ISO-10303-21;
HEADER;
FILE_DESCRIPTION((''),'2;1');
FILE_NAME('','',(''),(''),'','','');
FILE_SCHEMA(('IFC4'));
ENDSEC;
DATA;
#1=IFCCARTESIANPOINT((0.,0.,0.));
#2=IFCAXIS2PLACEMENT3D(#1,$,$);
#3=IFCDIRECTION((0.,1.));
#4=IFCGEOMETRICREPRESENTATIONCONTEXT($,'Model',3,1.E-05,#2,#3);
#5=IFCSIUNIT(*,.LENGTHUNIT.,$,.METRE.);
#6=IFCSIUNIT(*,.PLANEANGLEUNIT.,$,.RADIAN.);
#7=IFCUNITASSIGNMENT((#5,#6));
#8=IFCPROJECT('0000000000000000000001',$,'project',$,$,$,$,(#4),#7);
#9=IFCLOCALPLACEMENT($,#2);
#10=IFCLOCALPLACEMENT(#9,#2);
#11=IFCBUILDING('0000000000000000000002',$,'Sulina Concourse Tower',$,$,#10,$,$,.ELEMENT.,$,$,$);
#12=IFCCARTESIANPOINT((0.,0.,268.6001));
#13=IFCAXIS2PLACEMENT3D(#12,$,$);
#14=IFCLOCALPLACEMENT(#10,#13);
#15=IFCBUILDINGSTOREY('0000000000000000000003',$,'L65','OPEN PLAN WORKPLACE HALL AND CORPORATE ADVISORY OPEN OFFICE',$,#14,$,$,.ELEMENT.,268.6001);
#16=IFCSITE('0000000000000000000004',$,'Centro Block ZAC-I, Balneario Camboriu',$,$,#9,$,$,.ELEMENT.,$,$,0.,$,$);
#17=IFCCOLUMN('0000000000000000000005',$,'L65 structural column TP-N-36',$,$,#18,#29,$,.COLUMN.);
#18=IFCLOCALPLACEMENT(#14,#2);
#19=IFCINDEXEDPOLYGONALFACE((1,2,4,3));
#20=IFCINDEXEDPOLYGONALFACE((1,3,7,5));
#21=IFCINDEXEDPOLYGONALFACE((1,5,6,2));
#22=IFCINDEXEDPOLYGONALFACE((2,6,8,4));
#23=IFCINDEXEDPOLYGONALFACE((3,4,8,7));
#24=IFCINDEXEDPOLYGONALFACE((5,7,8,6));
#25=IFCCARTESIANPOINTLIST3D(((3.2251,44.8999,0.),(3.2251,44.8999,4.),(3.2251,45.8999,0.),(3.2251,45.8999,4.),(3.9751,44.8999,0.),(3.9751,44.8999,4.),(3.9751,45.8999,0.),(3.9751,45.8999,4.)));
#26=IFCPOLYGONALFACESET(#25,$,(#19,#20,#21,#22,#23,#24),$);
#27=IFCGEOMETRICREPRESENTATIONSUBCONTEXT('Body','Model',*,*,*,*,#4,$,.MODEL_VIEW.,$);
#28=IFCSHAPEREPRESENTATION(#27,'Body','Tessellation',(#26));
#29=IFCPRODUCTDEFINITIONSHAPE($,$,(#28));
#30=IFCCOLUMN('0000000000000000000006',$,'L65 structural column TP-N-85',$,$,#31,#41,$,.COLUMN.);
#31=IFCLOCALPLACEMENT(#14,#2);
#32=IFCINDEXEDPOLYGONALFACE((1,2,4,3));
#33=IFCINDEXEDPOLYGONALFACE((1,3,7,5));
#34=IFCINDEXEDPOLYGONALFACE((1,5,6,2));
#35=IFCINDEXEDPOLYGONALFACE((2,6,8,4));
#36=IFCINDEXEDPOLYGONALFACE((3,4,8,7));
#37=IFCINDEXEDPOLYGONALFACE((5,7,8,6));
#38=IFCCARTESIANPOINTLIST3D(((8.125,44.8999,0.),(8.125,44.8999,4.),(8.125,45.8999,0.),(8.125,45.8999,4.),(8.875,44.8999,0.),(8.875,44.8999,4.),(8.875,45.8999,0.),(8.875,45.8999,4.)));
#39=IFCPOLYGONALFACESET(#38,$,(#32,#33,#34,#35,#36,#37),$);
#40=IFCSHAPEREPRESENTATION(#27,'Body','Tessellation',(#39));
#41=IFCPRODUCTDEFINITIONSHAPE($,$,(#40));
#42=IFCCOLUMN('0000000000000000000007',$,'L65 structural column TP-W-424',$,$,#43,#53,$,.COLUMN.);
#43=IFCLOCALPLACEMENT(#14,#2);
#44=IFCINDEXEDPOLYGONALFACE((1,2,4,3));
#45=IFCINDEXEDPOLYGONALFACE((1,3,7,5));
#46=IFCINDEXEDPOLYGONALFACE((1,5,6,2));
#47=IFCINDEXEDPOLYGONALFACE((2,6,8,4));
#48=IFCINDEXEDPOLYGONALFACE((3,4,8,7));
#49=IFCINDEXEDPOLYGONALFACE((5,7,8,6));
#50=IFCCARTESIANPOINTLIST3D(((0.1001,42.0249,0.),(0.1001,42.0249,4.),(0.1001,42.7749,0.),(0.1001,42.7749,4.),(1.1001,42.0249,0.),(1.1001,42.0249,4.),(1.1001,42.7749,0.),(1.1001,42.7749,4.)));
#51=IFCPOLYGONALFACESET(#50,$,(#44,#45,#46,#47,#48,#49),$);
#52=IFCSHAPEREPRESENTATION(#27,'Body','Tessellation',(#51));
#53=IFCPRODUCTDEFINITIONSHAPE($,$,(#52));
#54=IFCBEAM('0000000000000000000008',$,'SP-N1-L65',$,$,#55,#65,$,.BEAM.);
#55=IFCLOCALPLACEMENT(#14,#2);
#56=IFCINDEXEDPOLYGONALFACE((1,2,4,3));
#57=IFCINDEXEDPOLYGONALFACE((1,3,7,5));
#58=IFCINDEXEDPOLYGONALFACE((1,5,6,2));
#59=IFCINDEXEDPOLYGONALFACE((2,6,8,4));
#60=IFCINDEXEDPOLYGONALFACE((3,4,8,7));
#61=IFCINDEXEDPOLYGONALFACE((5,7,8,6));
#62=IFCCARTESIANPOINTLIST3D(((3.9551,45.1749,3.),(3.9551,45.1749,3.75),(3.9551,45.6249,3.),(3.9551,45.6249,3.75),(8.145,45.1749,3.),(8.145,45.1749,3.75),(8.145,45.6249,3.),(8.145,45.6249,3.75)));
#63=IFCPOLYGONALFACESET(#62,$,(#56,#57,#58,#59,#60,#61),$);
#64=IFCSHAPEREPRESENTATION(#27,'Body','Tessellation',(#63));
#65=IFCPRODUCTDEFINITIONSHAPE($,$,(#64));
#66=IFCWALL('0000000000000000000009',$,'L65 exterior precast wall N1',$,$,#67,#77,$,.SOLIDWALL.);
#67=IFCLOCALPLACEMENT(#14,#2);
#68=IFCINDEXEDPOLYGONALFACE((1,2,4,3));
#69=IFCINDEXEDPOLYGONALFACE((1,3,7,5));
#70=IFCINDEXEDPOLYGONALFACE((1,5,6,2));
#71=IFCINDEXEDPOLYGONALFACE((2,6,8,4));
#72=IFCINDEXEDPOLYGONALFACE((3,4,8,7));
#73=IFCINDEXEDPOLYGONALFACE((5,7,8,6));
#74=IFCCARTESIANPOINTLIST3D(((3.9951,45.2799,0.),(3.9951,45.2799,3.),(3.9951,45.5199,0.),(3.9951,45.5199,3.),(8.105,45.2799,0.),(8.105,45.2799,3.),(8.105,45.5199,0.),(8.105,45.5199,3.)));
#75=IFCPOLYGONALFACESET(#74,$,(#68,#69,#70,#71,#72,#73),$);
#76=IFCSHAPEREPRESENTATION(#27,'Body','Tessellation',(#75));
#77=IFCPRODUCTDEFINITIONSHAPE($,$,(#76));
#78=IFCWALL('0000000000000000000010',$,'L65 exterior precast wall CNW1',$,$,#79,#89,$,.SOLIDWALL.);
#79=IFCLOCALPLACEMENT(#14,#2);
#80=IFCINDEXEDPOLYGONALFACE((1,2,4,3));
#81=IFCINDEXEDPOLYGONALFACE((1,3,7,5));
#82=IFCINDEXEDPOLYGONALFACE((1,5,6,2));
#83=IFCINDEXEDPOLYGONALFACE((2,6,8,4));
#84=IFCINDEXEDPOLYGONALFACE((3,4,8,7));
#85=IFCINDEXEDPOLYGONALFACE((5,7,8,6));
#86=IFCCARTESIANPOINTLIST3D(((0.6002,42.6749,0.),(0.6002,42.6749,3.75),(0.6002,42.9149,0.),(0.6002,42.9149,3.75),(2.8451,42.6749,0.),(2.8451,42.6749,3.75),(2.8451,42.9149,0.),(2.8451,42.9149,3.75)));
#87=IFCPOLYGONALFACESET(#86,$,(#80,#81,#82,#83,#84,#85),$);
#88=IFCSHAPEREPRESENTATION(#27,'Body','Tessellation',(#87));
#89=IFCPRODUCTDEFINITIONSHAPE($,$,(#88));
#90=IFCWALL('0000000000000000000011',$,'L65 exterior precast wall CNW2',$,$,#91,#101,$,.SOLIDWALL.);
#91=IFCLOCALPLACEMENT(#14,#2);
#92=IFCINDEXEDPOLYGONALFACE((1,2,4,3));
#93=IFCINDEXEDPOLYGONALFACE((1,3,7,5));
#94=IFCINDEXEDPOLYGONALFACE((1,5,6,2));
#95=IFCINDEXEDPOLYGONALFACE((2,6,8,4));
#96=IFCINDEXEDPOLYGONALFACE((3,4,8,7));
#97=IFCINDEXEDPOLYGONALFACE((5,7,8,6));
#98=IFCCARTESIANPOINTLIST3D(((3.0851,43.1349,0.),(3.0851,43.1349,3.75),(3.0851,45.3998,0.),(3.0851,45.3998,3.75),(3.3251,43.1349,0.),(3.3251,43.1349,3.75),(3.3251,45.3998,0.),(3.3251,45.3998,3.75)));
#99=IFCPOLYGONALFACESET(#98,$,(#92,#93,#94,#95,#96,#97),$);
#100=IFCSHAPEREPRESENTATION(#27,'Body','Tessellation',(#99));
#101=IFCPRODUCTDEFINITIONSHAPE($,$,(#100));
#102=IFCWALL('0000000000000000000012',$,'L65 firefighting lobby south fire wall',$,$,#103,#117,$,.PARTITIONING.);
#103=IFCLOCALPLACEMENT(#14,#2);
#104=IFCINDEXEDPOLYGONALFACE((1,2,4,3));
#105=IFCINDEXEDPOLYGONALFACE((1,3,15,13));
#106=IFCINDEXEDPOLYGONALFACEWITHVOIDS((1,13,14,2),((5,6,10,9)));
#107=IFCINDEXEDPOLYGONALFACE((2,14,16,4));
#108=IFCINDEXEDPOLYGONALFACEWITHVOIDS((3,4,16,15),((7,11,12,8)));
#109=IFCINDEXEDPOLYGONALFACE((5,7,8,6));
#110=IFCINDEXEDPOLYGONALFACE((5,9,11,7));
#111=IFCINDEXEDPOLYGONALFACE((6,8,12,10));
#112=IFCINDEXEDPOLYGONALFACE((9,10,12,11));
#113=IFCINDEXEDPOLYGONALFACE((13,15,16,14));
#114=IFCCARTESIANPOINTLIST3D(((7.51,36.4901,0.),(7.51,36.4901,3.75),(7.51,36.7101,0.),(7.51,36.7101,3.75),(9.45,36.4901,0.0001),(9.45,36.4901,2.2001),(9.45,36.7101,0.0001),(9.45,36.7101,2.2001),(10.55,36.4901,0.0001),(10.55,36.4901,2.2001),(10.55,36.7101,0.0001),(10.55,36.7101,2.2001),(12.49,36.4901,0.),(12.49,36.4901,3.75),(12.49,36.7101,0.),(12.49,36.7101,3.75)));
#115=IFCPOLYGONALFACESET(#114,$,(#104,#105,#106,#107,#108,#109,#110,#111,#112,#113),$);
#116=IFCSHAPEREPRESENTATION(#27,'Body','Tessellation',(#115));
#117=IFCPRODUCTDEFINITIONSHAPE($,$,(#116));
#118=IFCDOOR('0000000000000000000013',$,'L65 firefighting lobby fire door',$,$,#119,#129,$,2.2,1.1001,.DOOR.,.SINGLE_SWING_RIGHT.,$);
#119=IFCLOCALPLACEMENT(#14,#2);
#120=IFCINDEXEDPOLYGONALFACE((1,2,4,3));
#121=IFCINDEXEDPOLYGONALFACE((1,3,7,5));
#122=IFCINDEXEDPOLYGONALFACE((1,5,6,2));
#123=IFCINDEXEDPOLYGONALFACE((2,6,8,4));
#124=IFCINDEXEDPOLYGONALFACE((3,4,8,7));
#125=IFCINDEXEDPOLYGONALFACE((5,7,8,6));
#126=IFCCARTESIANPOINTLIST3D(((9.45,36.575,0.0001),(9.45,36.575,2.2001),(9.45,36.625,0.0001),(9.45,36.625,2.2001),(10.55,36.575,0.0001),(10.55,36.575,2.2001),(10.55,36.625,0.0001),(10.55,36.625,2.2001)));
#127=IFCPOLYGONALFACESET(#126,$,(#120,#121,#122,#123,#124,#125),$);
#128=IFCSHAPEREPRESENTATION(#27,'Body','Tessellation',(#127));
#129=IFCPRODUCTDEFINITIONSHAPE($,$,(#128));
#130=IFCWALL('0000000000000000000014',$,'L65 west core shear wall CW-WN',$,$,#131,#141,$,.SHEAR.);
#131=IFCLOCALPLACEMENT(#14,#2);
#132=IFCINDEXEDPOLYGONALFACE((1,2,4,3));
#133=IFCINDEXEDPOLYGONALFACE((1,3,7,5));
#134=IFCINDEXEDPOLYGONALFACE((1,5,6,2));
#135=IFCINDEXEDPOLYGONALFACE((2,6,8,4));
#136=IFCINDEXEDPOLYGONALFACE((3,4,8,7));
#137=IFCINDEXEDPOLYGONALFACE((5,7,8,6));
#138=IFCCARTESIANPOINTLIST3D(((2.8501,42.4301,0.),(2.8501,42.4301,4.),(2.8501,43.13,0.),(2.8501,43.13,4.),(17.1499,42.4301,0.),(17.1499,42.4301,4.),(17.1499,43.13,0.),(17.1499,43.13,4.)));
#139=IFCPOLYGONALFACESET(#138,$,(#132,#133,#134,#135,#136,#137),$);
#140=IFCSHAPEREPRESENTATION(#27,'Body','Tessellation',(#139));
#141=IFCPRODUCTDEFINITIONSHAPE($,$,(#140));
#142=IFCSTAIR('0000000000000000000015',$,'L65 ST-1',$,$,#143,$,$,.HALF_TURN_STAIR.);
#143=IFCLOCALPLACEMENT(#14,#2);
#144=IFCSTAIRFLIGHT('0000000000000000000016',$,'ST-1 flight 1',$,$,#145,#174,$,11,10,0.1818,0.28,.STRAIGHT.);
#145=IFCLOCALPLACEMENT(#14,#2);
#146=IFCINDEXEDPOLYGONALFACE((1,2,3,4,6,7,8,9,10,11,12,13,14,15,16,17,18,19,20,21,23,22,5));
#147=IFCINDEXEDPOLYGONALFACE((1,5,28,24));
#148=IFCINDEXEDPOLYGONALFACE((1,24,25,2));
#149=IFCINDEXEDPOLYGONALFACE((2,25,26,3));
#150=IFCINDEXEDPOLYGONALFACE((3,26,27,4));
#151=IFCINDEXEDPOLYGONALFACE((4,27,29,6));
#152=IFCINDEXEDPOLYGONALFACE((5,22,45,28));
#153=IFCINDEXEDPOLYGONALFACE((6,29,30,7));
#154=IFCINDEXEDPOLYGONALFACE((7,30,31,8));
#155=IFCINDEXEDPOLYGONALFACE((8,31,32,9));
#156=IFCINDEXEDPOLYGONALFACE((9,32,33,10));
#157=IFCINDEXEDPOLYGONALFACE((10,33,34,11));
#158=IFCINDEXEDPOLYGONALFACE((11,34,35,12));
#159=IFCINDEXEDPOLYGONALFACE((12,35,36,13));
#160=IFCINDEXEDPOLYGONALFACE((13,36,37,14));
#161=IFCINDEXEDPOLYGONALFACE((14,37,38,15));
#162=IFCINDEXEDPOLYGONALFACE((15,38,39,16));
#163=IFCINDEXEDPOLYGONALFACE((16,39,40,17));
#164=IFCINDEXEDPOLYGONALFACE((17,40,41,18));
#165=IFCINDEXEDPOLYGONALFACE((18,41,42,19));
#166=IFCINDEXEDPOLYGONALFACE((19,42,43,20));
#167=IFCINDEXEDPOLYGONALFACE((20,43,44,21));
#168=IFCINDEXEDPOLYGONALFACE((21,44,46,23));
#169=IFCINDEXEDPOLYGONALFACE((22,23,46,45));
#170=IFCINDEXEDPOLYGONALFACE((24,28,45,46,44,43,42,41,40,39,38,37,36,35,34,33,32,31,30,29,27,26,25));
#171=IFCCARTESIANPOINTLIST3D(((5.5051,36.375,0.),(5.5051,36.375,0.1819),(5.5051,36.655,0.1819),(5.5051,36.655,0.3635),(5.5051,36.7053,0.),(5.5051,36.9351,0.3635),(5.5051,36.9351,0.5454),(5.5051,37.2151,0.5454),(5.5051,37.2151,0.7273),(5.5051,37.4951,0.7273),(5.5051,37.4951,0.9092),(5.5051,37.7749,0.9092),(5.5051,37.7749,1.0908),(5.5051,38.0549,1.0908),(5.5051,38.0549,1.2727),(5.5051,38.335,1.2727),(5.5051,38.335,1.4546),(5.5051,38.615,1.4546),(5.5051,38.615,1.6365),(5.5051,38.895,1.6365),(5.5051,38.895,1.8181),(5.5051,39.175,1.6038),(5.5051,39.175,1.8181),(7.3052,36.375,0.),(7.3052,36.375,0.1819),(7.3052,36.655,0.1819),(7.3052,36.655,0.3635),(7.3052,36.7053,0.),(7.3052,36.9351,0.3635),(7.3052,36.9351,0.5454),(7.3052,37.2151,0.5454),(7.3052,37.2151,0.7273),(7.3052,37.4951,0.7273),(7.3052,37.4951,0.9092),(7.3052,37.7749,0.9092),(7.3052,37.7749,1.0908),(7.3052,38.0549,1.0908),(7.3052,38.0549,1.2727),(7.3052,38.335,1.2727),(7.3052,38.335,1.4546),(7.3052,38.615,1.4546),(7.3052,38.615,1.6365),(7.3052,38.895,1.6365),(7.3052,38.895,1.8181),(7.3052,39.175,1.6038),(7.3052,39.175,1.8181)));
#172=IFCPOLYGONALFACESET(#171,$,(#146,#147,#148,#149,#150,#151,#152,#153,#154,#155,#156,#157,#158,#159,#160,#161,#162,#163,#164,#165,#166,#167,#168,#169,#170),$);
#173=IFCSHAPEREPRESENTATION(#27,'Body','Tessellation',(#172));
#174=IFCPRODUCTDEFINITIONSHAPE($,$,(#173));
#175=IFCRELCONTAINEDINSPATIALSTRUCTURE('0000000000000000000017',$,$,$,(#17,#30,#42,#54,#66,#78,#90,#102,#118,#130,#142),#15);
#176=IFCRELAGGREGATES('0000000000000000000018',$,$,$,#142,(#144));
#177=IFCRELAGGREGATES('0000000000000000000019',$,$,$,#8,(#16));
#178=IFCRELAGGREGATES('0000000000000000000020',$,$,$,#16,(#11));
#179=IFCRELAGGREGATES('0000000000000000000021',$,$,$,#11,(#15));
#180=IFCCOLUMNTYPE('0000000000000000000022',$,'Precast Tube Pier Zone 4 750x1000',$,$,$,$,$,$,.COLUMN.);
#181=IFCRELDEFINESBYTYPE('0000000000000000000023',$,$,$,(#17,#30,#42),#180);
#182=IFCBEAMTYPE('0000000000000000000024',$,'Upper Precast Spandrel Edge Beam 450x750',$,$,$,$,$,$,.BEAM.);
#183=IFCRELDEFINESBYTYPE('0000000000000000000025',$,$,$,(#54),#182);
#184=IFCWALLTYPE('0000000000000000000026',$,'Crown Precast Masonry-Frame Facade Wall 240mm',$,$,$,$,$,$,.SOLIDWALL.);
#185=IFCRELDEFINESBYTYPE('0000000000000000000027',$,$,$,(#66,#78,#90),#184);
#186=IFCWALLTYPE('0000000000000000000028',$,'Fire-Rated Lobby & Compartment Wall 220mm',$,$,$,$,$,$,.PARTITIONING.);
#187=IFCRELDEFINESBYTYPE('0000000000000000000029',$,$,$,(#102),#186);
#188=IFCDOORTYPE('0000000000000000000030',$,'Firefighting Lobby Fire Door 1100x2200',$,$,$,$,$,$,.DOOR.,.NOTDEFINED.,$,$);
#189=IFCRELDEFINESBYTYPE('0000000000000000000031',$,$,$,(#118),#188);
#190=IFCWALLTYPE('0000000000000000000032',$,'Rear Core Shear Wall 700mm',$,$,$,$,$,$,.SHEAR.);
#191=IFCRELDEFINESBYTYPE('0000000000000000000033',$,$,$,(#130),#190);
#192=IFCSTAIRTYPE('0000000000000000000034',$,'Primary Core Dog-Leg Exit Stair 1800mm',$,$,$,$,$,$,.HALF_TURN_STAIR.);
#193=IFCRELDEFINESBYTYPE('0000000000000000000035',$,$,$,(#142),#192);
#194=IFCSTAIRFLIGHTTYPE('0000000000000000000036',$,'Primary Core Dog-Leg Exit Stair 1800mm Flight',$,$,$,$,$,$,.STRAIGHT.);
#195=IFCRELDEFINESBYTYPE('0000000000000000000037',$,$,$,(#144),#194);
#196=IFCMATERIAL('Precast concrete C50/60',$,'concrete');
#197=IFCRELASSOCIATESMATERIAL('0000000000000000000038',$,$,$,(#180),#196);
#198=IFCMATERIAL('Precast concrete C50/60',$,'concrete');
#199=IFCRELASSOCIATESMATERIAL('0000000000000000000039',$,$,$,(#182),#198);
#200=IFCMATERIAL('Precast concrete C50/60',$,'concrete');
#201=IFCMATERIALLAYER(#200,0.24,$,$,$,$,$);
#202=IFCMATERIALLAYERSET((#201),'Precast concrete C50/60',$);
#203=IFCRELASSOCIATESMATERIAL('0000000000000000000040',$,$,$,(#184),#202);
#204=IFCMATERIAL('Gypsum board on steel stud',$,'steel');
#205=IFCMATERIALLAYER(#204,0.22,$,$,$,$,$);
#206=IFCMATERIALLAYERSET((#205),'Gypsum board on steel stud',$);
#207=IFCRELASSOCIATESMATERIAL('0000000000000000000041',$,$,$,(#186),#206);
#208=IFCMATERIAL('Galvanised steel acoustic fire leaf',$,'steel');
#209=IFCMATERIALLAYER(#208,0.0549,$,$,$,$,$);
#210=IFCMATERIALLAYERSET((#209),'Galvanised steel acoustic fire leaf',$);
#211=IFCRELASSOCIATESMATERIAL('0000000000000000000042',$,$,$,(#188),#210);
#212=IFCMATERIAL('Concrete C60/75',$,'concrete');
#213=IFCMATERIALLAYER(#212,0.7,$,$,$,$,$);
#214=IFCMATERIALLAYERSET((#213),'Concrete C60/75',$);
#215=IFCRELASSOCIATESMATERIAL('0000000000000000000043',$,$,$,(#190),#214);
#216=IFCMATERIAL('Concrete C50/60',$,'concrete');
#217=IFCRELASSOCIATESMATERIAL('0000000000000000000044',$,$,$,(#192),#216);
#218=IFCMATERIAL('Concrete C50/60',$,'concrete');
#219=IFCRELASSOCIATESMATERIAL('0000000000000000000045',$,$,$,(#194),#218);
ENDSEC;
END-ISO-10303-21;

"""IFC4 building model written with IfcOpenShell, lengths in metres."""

from ifc_helpers import new_model, si_unit, direction, frame, frame_2d, origin, origin_2d, place, context, subcontext, project, spatial, polyline, rectangle, outline, extrude, material, layer, layer_set, material_profile, profile_set, type_object, element, fill, aggregate, save


model = new_model("IFC4")

# Units and contexts
model_context = context("Model", 3, precision=1e-05, world=origin(), true_north=direction((0.0, 1.0)))
body_context = subcontext(model_context, "Body", "Model", "MODEL_VIEW")
ifc_project = project(units=[si_unit("LENGTHUNIT", "METRE"), si_unit("PLANEANGLEUNIT", "RADIAN")], contexts=[model_context])

# Site, building, storey
site_placement = place(None, origin())
site = spatial("IfcSite", under=ifc_project, at=site_placement, Name="Centro Block ZAC-I, Balneario Camboriu", CompositionType="ELEMENT", RefElevation=0.0)
building_placement = place(site_placement, origin())
building = spatial("IfcBuilding", under=site, at=building_placement, Name="Sulina Concourse Tower", CompositionType="ELEMENT")
storey_placement = place(building_placement, frame((0.0, 0.0, 268.6001)))
storey = spatial("IfcBuildingStorey", under=building, at=storey_placement, Name="L65", Description="OPEN PLAN WORKPLACE HALL AND CORPORATE ADVISORY OPEN OFFICE", CompositionType="ELEMENT", Elevation=268.6001)

# Columns
ifc_material_1 = material(Name="Precast concrete C50/60", Category="concrete")
ifc_material_profile_1 = material_profile(ifc_material_1, rectangle(XDim=0.75, YDim=1.0, at=origin_2d()), Name="PC 750x1000")
ifc_profile_set_1 = profile_set([ifc_material_profile_1], Name="Precast concrete C50/60")
column_type = type_object("IfcColumnType", Name="Precast Tube Pier Zone 4 750x1000", PredefinedType="COLUMN", material=ifc_profile_set_1)
for number, where, z_axis, x_axis, name in (
    (1, (3.6001, 45.3999, 0.0), (0.0, 0.0, 1.0), (1.0, 0.0, 0.0), "L65 structural column TP-N-36"),
    (2, (8.5, 45.3999, 0.0), (0.0, 0.0, 1.0), (1.0, 0.0, 0.0), "L65 structural column TP-N-85"),
    (3, (0.6001, 42.3999, 0.0), (0.0, 0.0, 1.0), (0.0, 1.0, 0.0), "L65 structural column TP-W-424"),
):
    element("IfcColumn", number, at=place(storey_placement, frame(where, z_axis=z_axis, x_axis=x_axis)), inside=storey, type_object=column_type, Name=name, PredefinedType="COLUMN", context=body_context, shape_type="SweptSolid", body=[
        extrude(rectangle(XDim=0.75, YDim=1.0, at=origin_2d()), origin(), (0.0, 0.0, 1.0), 4.0),
    ])

# Beam
ifc_material_2 = material(Name="Precast concrete C50/60", Category="concrete")
ifc_material_profile_2 = material_profile(ifc_material_2, rectangle(XDim=0.45, YDim=0.75, at=origin_2d()), Name="RC 450x750")
ifc_profile_set_2 = profile_set([ifc_material_profile_2], Name="Precast concrete C50/60")
beam_type = type_object("IfcBeamType", Name="Upper Precast Spandrel Edge Beam 450x750", PredefinedType="BEAM", material=ifc_profile_set_2)
beam_placement = place(storey_placement, frame((3.9551, 45.3999, 3.375), z_axis=(1.0, 0.0, 0.0), x_axis=(0.0, 1.0, 0.0)))
element("IfcBeam", 4, at=beam_placement, inside=storey, type_object=beam_type, Name="SP-N1-L65", PredefinedType="BEAM", context=body_context, shape_type="SweptSolid", body=[
    extrude(rectangle(XDim=0.45, YDim=0.75, at=origin_2d()), origin(), (0.0, 0.0, 1.0), 4.1899),
])

# Walls
ifc_material_3 = material(Name="Precast concrete C50/60", Category="concrete")
ifc_layer_1 = layer(ifc_material_3, 0.24)
ifc_layer_set_1 = layer_set([ifc_layer_1], Name="Precast concrete C50/60")
wall_type_1 = type_object("IfcWallType", Name="Crown Precast Masonry-Frame Facade Wall 240mm", PredefinedType="SOLIDWALL", material=ifc_layer_set_1)
wall_1_placement = place(storey_placement, frame((3.9951, 45.3999, 0.0), z_axis=(0.0, 0.0, 1.0), x_axis=(1.0, 0.0, 0.0)))
element("IfcWall", 5, at=wall_1_placement, inside=storey, type_object=wall_type_1, Name="L65 exterior precast wall N1", PredefinedType="SOLIDWALL", context=body_context, shape_type="SweptSolid", body=[
    extrude(rectangle(XDim=4.1099, YDim=0.24, at=frame_2d((2.0549, 0.0))), origin(), (0.0, 0.0, 1.0), 3.0),
])
wall_2_placement = place(storey_placement, frame((0.6001, 42.7949, 0.0), z_axis=(0.0, 0.0, 1.0), x_axis=(1.0, 0.0, 0.0)))
element("IfcWall", 6, at=wall_2_placement, inside=storey, type_object=wall_type_1, Name="L65 exterior precast wall CNW1", PredefinedType="SOLIDWALL", context=body_context, shape_type="SweptSolid", body=[
    extrude(rectangle(XDim=2.2449, YDim=0.24, at=frame_2d((1.1226, 0.0))), origin(), (0.0, 0.0, 1.0), 3.75),
])
wall_3_placement = place(storey_placement, frame((3.2051, 43.135, 0.0), z_axis=(0.0, 0.0, 1.0), x_axis=(0.0, 1.0, 0.0)))
element("IfcWall", 7, at=wall_3_placement, inside=storey, type_object=wall_type_1, Name="L65 exterior precast wall CNW2", PredefinedType="SOLIDWALL", context=body_context, shape_type="SweptSolid", body=[
    extrude(rectangle(XDim=2.2649, YDim=0.24, at=frame_2d((1.1323, 0.0))), origin(), (0.0, 0.0, 1.0), 3.75),
])

# Wall, opening, door
ifc_material_4 = material(Name="Gypsum board on steel stud", Category="steel")
ifc_layer_2 = layer(ifc_material_4, 0.22)
ifc_layer_set_2 = layer_set([ifc_layer_2], Name="Gypsum board on steel stud")
wall_type_2 = type_object("IfcWallType", Name="Fire-Rated Lobby & Compartment Wall 220mm", PredefinedType="PARTITIONING", material=ifc_layer_set_2)
wall_4_placement = place(storey_placement, frame((7.51, 36.6001, 0.0), z_axis=(0.0, 0.0, 1.0), x_axis=(1.0, 0.0, 0.0)))
wall_4 = element("IfcWall", 8, at=wall_4_placement, inside=storey, type_object=wall_type_2, Name="L65 firefighting lobby south fire wall", PredefinedType="PARTITIONING", context=body_context, shape_type="SweptSolid", body=[
    extrude(rectangle(XDim=4.98, YDim=0.22, at=frame_2d((2.49, 0.0))), origin(), (0.0, 0.0, 1.0), 3.75),
])
opening_placement = place(wall_4_placement, frame((1.9399, 0.0, 0.0)))
opening = element("IfcOpeningElement", 9, at=opening_placement, cuts=wall_4, PredefinedType="OPENING", context=body_context, shape_type="SweptSolid", body=[
    extrude(rectangle(XDim=1.1001, YDim=2.2, at=frame_2d((0.55, 1.1001))), frame((0.0, 0.1199, 0.0), z_axis=(0.0, -1.0, 0.0), x_axis=(1.0, 0.0, 0.0)), (0.0, 0.0, 1.0), 0.24),
])
ifc_material_5 = material(Name="Galvanised steel acoustic fire leaf", Category="steel")
ifc_layer_3 = layer(ifc_material_5, 0.0549)
ifc_layer_set_3 = layer_set([ifc_layer_3], Name="Galvanised steel acoustic fire leaf")
door_type = type_object("IfcDoorType", Name="Firefighting Lobby Fire Door 1100x2200", OperationType="NOTDEFINED", PredefinedType="DOOR", material=ifc_layer_set_3)
door_placement = place(opening_placement, origin())
door = element("IfcDoor", 10, at=door_placement, inside=storey, type_object=door_type, Name="L65 firefighting lobby fire door", OperationType="SINGLE_SWING_RIGHT", OverallHeight=2.2, OverallWidth=1.1001, PredefinedType="DOOR", context=body_context, shape_type="SweptSolid", body=[
    extrude(rectangle(XDim=1.1001, YDim=2.2, at=frame_2d((0.55, 1.1001))), frame((0.0, 0.0249, 0.0), z_axis=(0.0, -1.0, 0.0), x_axis=(1.0, 0.0, 0.0)), (0.0, 0.0, 1.0), 0.05),
])
fill(opening, door)

# Wall
ifc_material_6 = material(Name="Concrete C60/75", Category="concrete")
ifc_layer_4 = layer(ifc_material_6, 0.7)
ifc_layer_set_4 = layer_set([ifc_layer_4], Name="Concrete C60/75")
wall_type_3 = type_object("IfcWallType", Name="Rear Core Shear Wall 700mm", PredefinedType="SHEAR", material=ifc_layer_set_4)
wall_5_placement = place(storey_placement, frame((2.8501, 42.78, 0.0), z_axis=(0.0, 0.0, 1.0), x_axis=(1.0, 0.0, 0.0)))
element("IfcWall", 11, at=wall_5_placement, inside=storey, type_object=wall_type_3, Name="L65 west core shear wall CW-WN", PredefinedType="SHEAR", context=body_context, shape_type="SweptSolid", body=[
    extrude(rectangle(XDim=14.2998, YDim=0.7, at=frame_2d((7.1499, 0.0))), origin(), (0.0, 0.0, 1.0), 4.0),
])

# Stair, stair flight
ifc_material_7 = material(Name="Concrete C50/60", Category="concrete")
stair_type = type_object("IfcStairType", Name="Primary Core Dog-Leg Exit Stair 1800mm", PredefinedType="HALF_TURN_STAIR", material=ifc_material_7)
stair_placement = place(storey_placement, origin())
stair = element("IfcStair", 12, at=stair_placement, inside=storey, type_object=stair_type, Name="L65 ST-1", PredefinedType="HALF_TURN_STAIR")
ifc_material_8 = material(Name="Concrete C50/60", Category="concrete")
stair_flight_type = type_object("IfcStairFlightType", Name="Primary Core Dog-Leg Exit Stair 1800mm Flight", PredefinedType="STRAIGHT", material=ifc_material_8)
stair_flight_1_placement = place(storey_placement, frame((6.405, 36.375, 0.0), z_axis=(0.0, 0.0, 1.0), x_axis=(0.0, 1.0, 0.0)))
stair_flight_1 = element("IfcStairFlight", 13, at=stair_flight_1_placement, type_object=stair_flight_type, Name="ST-1 flight 1", NumberOfRisers=11, NumberOfTreads=10, PredefinedType="STRAIGHT", RiserHeight=0.1818, TreadLength=0.28, context=body_context, shape_type="SweptSolid", body=[
    extrude(outline(polyline([(0.0, 0.0), (0.0, 0.1819), (0.28, 0.1819), (0.28, 0.3635), (0.5601, 0.3635), (0.5601, 0.5454), (0.8401, 0.5454), (0.8401, 0.7273), (1.1201, 0.7273), (1.1201, 0.9092), (1.3999, 0.9092), (1.3999, 1.0908), (1.6799, 1.0908), (1.6799, 1.2727), (1.96, 1.2727), (1.96, 1.4546), (2.24, 1.4546), (2.24, 1.6365), (2.52, 1.6365), (2.52, 1.8181), (2.8, 1.8181), (2.8, 2.0), (2.8, 1.6038), (0.3303, 0.0), (0.0, 0.0)])), frame((0.0, 0.8999, 0.0), z_axis=(0.0, -1.0, 0.0), x_axis=(1.0, 0.0, 0.0)), (0.0, 0.0, 1.0), 1.8),
])
aggregate(stair, [stair_flight_1])

save(model, "model.ifc")
